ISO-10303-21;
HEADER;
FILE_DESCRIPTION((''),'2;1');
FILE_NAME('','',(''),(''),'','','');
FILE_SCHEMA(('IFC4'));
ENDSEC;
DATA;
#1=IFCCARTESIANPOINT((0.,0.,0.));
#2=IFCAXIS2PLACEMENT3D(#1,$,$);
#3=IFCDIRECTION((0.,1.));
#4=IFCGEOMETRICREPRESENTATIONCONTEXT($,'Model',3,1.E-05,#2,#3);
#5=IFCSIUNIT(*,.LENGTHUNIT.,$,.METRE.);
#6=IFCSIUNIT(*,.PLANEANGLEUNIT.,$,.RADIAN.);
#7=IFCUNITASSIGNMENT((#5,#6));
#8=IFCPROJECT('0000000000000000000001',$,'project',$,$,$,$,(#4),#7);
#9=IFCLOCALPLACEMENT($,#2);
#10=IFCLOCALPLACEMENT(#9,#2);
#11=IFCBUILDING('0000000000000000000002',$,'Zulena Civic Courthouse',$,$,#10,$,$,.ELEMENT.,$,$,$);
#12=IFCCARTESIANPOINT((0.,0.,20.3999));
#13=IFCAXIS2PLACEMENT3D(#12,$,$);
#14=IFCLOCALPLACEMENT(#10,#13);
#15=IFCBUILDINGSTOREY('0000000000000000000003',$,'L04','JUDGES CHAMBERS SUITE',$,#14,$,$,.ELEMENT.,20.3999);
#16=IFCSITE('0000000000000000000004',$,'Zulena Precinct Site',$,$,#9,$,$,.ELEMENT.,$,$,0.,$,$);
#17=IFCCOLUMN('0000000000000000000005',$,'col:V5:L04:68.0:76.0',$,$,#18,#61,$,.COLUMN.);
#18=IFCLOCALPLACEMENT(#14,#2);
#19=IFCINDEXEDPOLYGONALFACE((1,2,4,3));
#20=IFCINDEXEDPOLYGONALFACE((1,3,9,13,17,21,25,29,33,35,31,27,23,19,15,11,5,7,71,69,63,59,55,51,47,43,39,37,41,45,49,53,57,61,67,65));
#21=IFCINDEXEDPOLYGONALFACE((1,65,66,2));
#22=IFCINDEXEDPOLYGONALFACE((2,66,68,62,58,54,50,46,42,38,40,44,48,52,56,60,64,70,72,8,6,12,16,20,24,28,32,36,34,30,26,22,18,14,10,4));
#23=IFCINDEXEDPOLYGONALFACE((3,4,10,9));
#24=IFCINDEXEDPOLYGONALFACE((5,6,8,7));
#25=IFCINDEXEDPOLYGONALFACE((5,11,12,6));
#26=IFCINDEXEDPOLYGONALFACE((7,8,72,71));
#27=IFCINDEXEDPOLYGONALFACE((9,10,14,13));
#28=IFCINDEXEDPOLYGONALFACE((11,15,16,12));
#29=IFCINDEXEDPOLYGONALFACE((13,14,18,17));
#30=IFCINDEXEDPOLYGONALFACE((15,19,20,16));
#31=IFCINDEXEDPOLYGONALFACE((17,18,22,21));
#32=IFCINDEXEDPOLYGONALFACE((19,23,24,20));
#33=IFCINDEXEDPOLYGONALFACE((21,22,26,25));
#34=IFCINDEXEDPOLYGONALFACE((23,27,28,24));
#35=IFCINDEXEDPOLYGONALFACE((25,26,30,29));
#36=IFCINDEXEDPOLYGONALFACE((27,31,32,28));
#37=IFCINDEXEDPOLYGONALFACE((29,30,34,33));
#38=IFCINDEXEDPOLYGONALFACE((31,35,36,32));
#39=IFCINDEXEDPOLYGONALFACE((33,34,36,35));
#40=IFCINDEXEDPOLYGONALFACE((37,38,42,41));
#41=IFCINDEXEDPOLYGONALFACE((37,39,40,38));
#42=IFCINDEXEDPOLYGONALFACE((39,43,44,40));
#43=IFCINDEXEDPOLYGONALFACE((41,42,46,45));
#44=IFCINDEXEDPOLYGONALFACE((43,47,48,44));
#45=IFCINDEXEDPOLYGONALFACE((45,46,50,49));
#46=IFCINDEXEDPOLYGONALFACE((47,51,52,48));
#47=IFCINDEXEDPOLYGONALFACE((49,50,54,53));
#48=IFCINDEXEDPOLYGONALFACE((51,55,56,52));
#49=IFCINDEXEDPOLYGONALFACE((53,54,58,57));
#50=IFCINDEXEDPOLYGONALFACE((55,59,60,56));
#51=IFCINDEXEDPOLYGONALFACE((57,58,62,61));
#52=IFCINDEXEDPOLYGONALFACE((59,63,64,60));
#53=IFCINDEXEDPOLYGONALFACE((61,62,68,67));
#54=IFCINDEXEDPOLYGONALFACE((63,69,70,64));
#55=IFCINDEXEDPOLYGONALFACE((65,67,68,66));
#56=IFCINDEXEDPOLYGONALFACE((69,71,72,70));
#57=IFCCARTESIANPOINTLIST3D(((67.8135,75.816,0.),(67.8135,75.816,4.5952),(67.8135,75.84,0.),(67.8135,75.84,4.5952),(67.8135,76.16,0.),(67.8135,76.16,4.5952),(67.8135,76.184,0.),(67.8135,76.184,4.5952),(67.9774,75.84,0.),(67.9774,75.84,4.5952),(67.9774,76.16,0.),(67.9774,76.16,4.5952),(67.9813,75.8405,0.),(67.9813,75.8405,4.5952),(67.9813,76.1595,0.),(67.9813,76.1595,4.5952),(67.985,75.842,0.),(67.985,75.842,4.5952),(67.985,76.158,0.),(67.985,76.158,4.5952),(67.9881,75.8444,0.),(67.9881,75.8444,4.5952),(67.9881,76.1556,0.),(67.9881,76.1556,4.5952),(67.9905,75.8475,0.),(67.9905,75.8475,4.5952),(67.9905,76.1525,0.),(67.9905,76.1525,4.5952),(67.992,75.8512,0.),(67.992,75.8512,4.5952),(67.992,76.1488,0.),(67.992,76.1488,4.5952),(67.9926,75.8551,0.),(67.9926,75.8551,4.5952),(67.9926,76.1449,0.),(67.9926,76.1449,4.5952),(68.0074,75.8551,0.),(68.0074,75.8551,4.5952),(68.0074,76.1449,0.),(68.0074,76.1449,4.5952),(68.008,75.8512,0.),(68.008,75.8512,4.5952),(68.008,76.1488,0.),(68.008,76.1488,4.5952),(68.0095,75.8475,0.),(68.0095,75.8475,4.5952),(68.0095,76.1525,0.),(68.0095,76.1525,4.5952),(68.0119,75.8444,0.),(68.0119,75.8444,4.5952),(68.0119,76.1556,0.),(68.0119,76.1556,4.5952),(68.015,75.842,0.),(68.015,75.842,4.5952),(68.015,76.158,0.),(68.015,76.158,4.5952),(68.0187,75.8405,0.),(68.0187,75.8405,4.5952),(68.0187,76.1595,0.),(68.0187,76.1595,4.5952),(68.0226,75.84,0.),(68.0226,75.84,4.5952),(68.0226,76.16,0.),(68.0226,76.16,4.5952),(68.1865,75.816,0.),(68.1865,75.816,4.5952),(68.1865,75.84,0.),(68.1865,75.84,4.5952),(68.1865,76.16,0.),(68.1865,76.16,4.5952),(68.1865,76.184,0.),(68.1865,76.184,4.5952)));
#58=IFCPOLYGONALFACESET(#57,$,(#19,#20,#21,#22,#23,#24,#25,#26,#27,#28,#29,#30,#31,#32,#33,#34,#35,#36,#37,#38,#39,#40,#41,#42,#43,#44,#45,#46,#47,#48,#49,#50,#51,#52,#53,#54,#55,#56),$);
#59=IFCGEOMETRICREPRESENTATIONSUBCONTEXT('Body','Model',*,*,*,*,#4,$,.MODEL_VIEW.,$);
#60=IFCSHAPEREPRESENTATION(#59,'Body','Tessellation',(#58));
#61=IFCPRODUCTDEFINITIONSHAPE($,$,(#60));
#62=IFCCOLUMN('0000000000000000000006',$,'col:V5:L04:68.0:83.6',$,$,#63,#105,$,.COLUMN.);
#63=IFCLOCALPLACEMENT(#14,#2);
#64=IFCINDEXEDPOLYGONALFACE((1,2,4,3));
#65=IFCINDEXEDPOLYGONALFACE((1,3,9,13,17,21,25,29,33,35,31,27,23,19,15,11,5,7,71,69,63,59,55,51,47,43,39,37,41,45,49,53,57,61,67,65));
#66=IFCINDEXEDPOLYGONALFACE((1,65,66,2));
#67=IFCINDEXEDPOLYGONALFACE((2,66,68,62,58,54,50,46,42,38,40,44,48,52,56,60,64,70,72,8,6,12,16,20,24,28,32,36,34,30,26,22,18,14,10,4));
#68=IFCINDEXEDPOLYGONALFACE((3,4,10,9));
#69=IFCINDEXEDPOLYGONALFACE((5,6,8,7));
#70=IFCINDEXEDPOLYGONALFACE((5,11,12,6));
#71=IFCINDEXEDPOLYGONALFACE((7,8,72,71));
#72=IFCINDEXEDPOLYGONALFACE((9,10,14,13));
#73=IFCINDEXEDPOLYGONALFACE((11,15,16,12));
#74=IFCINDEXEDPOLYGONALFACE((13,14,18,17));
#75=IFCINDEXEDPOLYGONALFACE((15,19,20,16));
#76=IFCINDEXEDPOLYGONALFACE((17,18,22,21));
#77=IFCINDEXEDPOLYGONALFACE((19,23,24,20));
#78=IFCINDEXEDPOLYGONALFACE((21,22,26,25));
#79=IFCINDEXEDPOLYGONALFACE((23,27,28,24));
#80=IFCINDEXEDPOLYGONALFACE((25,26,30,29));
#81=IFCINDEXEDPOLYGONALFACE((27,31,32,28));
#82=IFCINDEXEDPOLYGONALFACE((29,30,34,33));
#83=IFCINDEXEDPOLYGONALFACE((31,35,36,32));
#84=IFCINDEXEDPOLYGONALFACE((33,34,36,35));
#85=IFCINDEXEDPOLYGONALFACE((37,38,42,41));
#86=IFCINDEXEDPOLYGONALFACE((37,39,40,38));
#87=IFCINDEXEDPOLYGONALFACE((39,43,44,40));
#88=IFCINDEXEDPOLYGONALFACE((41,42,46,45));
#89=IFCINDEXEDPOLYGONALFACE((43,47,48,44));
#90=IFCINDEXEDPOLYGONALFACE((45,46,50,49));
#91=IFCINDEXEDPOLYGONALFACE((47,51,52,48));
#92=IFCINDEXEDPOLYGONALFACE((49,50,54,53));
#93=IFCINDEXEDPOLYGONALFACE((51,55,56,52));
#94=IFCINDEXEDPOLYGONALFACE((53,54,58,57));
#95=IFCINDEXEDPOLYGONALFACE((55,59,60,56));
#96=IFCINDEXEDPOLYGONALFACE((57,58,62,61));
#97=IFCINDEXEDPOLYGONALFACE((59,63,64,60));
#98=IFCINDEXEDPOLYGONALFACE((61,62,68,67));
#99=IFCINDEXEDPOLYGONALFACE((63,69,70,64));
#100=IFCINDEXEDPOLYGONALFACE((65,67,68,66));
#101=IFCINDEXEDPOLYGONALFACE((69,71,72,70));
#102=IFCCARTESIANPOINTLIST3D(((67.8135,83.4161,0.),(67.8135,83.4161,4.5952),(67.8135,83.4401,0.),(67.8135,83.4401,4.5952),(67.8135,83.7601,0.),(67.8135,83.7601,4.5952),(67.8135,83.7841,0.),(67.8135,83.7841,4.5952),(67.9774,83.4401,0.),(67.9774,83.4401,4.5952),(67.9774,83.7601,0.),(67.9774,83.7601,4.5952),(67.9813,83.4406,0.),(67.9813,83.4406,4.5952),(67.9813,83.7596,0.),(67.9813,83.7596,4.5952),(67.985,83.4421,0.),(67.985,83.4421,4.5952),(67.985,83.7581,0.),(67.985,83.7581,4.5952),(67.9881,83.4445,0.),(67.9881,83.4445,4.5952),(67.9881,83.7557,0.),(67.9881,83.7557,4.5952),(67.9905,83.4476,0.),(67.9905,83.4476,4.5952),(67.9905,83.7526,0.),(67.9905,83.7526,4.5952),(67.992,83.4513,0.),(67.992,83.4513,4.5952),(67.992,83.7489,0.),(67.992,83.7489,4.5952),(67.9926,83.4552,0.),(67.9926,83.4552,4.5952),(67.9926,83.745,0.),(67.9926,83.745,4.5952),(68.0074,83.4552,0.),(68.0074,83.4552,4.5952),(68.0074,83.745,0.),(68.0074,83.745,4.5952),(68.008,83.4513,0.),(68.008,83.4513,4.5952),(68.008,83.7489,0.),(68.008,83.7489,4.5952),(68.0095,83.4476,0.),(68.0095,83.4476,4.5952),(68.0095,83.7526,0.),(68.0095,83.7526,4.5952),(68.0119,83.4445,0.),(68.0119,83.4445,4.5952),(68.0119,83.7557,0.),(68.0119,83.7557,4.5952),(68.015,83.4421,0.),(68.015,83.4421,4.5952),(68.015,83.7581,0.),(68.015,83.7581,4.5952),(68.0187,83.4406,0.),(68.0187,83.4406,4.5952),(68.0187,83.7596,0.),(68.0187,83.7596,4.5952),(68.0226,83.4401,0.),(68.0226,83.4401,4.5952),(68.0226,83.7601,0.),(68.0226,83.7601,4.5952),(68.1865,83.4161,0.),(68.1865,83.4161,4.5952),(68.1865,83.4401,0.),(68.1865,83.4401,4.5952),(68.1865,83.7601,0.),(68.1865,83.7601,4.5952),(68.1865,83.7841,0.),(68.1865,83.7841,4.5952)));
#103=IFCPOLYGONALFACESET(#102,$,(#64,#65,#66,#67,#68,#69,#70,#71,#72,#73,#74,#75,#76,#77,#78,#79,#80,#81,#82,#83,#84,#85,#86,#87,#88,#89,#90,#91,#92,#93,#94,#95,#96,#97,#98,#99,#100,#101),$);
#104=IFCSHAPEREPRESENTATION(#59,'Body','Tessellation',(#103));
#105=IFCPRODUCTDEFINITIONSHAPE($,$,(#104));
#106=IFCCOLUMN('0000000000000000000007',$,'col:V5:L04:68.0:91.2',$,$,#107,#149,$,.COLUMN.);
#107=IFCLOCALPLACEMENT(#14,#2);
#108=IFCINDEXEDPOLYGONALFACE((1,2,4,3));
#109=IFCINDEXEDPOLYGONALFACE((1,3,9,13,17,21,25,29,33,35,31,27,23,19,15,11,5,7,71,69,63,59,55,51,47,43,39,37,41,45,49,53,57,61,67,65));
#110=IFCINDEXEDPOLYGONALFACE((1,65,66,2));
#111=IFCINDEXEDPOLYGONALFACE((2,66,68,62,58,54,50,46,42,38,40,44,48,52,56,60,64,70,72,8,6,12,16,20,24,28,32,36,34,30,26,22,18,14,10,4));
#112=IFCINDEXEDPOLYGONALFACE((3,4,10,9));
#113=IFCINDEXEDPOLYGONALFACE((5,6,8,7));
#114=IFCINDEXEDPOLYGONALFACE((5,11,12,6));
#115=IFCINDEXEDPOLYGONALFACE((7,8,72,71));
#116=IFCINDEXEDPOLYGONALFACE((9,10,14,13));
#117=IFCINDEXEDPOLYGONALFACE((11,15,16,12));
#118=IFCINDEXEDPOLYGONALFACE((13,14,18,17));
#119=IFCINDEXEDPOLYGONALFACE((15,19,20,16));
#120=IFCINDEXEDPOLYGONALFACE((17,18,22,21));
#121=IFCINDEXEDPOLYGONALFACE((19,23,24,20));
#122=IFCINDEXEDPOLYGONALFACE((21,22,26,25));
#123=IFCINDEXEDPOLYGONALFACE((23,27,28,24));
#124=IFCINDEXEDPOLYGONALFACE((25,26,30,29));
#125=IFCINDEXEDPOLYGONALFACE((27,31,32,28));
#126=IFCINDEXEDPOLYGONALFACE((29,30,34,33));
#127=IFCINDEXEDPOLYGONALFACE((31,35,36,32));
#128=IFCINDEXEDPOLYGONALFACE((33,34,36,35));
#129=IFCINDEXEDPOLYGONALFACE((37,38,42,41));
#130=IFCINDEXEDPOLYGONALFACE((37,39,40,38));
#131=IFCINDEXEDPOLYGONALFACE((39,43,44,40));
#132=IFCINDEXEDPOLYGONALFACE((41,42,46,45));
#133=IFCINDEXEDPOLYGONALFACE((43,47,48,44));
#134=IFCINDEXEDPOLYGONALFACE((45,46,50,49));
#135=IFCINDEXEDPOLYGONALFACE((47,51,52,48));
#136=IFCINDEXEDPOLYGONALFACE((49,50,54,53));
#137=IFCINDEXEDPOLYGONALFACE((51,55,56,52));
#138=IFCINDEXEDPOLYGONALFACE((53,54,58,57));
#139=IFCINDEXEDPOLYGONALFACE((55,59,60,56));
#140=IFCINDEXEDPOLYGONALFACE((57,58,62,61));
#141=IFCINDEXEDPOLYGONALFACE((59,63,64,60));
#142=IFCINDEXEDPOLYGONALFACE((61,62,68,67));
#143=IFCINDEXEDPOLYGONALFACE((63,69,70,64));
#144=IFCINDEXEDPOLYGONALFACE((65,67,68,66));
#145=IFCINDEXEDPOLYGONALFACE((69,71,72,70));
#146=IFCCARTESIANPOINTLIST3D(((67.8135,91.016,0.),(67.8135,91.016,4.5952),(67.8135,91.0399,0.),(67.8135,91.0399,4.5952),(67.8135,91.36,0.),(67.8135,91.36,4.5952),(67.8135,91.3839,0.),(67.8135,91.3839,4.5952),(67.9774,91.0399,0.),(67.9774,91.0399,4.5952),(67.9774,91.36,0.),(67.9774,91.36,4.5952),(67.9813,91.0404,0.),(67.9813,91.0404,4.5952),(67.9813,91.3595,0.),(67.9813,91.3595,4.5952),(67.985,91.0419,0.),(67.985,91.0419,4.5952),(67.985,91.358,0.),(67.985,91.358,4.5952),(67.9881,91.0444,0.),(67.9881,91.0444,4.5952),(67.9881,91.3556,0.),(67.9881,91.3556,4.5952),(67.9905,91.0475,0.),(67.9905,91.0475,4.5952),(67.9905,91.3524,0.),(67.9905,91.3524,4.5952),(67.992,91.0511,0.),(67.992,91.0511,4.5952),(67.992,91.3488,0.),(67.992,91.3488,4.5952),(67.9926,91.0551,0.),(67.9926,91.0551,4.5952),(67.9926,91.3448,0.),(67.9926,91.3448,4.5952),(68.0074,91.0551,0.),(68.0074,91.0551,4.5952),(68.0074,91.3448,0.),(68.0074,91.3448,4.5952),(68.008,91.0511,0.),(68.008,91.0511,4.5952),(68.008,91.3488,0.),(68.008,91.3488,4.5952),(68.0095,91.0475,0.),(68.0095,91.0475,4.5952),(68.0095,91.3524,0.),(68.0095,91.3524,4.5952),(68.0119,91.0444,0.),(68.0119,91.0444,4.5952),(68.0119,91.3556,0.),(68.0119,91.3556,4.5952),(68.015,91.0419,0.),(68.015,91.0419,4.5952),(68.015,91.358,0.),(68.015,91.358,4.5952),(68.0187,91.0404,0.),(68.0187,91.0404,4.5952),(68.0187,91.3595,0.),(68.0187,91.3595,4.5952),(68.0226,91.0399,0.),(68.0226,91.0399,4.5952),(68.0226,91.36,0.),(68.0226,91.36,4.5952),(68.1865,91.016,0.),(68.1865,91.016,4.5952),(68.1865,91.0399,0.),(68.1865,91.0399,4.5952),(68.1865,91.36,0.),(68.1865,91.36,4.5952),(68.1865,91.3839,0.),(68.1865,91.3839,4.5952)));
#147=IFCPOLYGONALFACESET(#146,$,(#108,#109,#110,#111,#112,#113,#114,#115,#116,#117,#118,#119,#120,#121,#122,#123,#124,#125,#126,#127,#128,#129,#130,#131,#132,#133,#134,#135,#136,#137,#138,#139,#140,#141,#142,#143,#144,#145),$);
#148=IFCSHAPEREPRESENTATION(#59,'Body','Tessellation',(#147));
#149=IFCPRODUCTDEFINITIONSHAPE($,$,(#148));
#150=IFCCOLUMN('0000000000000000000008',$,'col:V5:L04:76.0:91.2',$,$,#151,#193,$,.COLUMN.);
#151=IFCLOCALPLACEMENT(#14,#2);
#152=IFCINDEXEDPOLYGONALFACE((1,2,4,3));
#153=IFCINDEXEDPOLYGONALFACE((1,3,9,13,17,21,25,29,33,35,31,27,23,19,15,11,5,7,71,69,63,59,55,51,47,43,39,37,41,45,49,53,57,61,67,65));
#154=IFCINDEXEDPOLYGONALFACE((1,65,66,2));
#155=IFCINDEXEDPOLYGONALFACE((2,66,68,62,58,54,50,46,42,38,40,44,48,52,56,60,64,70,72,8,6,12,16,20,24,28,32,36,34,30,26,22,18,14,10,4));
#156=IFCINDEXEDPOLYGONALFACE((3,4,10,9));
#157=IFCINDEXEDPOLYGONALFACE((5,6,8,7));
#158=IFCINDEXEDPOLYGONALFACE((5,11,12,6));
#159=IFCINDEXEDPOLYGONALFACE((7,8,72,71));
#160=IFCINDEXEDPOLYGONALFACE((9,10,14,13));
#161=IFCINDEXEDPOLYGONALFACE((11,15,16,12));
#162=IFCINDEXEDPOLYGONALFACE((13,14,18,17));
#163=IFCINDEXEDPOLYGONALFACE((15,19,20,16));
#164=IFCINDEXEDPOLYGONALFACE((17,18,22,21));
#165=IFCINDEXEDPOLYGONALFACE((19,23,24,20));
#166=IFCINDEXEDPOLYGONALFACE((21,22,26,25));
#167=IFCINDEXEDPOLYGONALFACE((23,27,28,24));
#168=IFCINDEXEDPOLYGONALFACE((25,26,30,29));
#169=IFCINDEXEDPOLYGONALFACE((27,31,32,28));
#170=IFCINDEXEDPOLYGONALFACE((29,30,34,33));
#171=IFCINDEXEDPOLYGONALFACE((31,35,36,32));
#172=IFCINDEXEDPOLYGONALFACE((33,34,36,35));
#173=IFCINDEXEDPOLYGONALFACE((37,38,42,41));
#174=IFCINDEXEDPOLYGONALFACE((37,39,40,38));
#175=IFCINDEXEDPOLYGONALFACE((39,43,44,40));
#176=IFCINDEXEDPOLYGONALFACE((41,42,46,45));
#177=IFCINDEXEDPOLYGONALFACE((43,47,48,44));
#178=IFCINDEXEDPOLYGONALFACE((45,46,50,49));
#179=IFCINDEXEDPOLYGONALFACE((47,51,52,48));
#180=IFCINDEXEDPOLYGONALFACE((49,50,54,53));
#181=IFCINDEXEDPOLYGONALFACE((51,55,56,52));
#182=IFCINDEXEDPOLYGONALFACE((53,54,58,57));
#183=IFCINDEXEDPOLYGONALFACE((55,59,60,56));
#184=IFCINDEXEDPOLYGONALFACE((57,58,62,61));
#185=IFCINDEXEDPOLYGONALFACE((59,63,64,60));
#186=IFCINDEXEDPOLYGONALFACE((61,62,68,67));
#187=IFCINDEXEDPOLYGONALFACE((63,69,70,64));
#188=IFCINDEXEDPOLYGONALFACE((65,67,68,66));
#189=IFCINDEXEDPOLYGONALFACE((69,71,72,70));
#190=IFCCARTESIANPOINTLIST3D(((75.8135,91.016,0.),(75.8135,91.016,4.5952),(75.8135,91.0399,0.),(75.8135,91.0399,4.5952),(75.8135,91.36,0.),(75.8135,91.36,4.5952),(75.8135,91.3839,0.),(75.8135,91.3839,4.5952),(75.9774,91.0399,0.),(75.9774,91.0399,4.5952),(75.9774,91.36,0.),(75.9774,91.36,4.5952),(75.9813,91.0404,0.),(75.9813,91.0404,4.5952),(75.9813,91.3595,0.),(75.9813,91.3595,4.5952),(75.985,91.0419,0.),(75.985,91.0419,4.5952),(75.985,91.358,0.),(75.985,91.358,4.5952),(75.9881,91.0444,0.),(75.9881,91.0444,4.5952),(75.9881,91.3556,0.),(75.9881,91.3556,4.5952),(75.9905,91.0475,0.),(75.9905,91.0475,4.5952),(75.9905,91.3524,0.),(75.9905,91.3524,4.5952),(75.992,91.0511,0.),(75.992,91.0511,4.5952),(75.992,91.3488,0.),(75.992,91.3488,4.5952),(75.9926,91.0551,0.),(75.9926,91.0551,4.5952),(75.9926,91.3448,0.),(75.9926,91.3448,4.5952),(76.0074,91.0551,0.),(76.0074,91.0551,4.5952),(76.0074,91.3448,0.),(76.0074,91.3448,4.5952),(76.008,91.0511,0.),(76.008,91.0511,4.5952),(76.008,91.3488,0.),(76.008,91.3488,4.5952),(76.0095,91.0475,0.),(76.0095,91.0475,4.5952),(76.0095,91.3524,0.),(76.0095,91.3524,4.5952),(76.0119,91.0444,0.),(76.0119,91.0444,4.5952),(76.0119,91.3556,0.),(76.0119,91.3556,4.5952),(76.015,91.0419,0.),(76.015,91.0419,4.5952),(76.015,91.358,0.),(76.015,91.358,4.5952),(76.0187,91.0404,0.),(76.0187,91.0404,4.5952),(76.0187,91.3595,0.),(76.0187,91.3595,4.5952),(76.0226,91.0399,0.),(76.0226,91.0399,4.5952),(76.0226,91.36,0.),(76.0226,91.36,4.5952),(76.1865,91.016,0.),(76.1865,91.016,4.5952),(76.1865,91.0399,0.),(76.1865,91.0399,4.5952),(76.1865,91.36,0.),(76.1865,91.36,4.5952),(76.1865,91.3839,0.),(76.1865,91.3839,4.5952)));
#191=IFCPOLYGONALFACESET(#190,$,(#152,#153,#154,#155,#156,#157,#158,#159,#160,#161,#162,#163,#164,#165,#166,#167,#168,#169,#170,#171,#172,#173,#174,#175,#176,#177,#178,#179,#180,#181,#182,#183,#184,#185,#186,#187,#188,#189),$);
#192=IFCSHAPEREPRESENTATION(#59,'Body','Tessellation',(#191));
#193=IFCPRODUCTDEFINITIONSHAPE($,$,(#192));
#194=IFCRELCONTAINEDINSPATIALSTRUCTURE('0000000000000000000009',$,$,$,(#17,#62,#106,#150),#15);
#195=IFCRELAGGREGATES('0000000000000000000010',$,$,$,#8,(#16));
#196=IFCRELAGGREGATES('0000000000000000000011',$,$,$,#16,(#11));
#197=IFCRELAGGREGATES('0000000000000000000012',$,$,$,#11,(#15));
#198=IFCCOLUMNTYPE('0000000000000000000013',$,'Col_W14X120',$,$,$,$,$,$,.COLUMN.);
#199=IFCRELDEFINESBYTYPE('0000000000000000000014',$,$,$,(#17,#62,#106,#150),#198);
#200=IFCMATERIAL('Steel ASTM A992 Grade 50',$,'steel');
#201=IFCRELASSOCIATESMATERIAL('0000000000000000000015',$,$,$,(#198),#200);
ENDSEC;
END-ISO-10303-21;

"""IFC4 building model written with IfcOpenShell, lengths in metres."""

from ifc_helpers import new_model, si_unit, direction, frame, origin, origin_2d, place, context, subcontext, project, spatial, i_section, extrude, material, material_profile, profile_set, type_object, element, save


model = new_model("IFC4")

# Units and contexts
model_context = context("Model", 3, precision=1e-05, world=origin(), true_north=direction((0.0, 1.0)))
body_context = subcontext(model_context, "Body", "Model", "MODEL_VIEW")
ifc_project = project(units=[si_unit("LENGTHUNIT", "METRE"), si_unit("PLANEANGLEUNIT", "RADIAN")], contexts=[model_context])

# Site, building, storey
site_placement = place(None, origin())
site = spatial("IfcSite", under=ifc_project, at=site_placement, Name="Zulena Precinct Site", CompositionType="ELEMENT", RefElevation=0.0)
building_placement = place(site_placement, origin())
building = spatial("IfcBuilding", under=site, at=building_placement, Name="Zulena Civic Courthouse", CompositionType="ELEMENT")
storey_placement = place(building_placement, frame((0.0, 0.0, 20.3999)))
storey = spatial("IfcBuildingStorey", under=building, at=storey_placement, Name="L04", Description="JUDGES CHAMBERS SUITE", CompositionType="ELEMENT", Elevation=20.3999)

# Columns
ifc_material_1 = material(Name="Steel ASTM A992 Grade 50", Category="steel")
ifc_material_profile_1 = material_profile(ifc_material_1, i_section(OverallWidth=0.373, OverallDepth=0.3679, WebThickness=0.0149, FlangeThickness=0.0239, FilletRadius=0.0151, at=origin_2d()), Name="W14X120")
ifc_profile_set_1 = profile_set([ifc_material_profile_1], Name="Steel ASTM A992 Grade 50")
column_type_1 = type_object("IfcColumnType", Name="Col_W14X120", PredefinedType="COLUMN", material=ifc_profile_set_1)
for number, where, z_axis, x_axis, name in (
    (1, (68.0, 76.0, 0.0), (0.0, 0.0, 1.0), (1.0, 0.0, 0.0), "col:V5:L04:68.0:76.0"),
    (2, (68.0, 83.6001, 0.0), (0.0, 0.0, 1.0), (1.0, 0.0, 0.0), "col:V5:L04:68.0:83.6"),
    (3, (68.0, 91.2, 0.0), (0.0, 0.0, 1.0), (1.0, 0.0, 0.0), "col:V5:L04:68.0:91.2"),
    (4, (76.0, 91.2, 0.0), (0.0, 0.0, 1.0), (1.0, 0.0, 0.0), "col:V5:L04:76.0:91.2"),
):
    element("IfcColumn", number, at=place(storey_placement, frame(where, z_axis=z_axis, x_axis=x_axis)), inside=storey, type_object=column_type_1, Name=name, PredefinedType="COLUMN", context=body_context, shape_type="SweptSolid", body=[
        extrude(i_section(OverallWidth=0.373, OverallDepth=0.3679, WebThickness=0.0149, FlangeThickness=0.0239, FilletRadius=0.0151, at=origin_2d()), origin(), (0.0, 0.0, 1.0), 4.5952),
    ])

save(model, "model.ifc")
